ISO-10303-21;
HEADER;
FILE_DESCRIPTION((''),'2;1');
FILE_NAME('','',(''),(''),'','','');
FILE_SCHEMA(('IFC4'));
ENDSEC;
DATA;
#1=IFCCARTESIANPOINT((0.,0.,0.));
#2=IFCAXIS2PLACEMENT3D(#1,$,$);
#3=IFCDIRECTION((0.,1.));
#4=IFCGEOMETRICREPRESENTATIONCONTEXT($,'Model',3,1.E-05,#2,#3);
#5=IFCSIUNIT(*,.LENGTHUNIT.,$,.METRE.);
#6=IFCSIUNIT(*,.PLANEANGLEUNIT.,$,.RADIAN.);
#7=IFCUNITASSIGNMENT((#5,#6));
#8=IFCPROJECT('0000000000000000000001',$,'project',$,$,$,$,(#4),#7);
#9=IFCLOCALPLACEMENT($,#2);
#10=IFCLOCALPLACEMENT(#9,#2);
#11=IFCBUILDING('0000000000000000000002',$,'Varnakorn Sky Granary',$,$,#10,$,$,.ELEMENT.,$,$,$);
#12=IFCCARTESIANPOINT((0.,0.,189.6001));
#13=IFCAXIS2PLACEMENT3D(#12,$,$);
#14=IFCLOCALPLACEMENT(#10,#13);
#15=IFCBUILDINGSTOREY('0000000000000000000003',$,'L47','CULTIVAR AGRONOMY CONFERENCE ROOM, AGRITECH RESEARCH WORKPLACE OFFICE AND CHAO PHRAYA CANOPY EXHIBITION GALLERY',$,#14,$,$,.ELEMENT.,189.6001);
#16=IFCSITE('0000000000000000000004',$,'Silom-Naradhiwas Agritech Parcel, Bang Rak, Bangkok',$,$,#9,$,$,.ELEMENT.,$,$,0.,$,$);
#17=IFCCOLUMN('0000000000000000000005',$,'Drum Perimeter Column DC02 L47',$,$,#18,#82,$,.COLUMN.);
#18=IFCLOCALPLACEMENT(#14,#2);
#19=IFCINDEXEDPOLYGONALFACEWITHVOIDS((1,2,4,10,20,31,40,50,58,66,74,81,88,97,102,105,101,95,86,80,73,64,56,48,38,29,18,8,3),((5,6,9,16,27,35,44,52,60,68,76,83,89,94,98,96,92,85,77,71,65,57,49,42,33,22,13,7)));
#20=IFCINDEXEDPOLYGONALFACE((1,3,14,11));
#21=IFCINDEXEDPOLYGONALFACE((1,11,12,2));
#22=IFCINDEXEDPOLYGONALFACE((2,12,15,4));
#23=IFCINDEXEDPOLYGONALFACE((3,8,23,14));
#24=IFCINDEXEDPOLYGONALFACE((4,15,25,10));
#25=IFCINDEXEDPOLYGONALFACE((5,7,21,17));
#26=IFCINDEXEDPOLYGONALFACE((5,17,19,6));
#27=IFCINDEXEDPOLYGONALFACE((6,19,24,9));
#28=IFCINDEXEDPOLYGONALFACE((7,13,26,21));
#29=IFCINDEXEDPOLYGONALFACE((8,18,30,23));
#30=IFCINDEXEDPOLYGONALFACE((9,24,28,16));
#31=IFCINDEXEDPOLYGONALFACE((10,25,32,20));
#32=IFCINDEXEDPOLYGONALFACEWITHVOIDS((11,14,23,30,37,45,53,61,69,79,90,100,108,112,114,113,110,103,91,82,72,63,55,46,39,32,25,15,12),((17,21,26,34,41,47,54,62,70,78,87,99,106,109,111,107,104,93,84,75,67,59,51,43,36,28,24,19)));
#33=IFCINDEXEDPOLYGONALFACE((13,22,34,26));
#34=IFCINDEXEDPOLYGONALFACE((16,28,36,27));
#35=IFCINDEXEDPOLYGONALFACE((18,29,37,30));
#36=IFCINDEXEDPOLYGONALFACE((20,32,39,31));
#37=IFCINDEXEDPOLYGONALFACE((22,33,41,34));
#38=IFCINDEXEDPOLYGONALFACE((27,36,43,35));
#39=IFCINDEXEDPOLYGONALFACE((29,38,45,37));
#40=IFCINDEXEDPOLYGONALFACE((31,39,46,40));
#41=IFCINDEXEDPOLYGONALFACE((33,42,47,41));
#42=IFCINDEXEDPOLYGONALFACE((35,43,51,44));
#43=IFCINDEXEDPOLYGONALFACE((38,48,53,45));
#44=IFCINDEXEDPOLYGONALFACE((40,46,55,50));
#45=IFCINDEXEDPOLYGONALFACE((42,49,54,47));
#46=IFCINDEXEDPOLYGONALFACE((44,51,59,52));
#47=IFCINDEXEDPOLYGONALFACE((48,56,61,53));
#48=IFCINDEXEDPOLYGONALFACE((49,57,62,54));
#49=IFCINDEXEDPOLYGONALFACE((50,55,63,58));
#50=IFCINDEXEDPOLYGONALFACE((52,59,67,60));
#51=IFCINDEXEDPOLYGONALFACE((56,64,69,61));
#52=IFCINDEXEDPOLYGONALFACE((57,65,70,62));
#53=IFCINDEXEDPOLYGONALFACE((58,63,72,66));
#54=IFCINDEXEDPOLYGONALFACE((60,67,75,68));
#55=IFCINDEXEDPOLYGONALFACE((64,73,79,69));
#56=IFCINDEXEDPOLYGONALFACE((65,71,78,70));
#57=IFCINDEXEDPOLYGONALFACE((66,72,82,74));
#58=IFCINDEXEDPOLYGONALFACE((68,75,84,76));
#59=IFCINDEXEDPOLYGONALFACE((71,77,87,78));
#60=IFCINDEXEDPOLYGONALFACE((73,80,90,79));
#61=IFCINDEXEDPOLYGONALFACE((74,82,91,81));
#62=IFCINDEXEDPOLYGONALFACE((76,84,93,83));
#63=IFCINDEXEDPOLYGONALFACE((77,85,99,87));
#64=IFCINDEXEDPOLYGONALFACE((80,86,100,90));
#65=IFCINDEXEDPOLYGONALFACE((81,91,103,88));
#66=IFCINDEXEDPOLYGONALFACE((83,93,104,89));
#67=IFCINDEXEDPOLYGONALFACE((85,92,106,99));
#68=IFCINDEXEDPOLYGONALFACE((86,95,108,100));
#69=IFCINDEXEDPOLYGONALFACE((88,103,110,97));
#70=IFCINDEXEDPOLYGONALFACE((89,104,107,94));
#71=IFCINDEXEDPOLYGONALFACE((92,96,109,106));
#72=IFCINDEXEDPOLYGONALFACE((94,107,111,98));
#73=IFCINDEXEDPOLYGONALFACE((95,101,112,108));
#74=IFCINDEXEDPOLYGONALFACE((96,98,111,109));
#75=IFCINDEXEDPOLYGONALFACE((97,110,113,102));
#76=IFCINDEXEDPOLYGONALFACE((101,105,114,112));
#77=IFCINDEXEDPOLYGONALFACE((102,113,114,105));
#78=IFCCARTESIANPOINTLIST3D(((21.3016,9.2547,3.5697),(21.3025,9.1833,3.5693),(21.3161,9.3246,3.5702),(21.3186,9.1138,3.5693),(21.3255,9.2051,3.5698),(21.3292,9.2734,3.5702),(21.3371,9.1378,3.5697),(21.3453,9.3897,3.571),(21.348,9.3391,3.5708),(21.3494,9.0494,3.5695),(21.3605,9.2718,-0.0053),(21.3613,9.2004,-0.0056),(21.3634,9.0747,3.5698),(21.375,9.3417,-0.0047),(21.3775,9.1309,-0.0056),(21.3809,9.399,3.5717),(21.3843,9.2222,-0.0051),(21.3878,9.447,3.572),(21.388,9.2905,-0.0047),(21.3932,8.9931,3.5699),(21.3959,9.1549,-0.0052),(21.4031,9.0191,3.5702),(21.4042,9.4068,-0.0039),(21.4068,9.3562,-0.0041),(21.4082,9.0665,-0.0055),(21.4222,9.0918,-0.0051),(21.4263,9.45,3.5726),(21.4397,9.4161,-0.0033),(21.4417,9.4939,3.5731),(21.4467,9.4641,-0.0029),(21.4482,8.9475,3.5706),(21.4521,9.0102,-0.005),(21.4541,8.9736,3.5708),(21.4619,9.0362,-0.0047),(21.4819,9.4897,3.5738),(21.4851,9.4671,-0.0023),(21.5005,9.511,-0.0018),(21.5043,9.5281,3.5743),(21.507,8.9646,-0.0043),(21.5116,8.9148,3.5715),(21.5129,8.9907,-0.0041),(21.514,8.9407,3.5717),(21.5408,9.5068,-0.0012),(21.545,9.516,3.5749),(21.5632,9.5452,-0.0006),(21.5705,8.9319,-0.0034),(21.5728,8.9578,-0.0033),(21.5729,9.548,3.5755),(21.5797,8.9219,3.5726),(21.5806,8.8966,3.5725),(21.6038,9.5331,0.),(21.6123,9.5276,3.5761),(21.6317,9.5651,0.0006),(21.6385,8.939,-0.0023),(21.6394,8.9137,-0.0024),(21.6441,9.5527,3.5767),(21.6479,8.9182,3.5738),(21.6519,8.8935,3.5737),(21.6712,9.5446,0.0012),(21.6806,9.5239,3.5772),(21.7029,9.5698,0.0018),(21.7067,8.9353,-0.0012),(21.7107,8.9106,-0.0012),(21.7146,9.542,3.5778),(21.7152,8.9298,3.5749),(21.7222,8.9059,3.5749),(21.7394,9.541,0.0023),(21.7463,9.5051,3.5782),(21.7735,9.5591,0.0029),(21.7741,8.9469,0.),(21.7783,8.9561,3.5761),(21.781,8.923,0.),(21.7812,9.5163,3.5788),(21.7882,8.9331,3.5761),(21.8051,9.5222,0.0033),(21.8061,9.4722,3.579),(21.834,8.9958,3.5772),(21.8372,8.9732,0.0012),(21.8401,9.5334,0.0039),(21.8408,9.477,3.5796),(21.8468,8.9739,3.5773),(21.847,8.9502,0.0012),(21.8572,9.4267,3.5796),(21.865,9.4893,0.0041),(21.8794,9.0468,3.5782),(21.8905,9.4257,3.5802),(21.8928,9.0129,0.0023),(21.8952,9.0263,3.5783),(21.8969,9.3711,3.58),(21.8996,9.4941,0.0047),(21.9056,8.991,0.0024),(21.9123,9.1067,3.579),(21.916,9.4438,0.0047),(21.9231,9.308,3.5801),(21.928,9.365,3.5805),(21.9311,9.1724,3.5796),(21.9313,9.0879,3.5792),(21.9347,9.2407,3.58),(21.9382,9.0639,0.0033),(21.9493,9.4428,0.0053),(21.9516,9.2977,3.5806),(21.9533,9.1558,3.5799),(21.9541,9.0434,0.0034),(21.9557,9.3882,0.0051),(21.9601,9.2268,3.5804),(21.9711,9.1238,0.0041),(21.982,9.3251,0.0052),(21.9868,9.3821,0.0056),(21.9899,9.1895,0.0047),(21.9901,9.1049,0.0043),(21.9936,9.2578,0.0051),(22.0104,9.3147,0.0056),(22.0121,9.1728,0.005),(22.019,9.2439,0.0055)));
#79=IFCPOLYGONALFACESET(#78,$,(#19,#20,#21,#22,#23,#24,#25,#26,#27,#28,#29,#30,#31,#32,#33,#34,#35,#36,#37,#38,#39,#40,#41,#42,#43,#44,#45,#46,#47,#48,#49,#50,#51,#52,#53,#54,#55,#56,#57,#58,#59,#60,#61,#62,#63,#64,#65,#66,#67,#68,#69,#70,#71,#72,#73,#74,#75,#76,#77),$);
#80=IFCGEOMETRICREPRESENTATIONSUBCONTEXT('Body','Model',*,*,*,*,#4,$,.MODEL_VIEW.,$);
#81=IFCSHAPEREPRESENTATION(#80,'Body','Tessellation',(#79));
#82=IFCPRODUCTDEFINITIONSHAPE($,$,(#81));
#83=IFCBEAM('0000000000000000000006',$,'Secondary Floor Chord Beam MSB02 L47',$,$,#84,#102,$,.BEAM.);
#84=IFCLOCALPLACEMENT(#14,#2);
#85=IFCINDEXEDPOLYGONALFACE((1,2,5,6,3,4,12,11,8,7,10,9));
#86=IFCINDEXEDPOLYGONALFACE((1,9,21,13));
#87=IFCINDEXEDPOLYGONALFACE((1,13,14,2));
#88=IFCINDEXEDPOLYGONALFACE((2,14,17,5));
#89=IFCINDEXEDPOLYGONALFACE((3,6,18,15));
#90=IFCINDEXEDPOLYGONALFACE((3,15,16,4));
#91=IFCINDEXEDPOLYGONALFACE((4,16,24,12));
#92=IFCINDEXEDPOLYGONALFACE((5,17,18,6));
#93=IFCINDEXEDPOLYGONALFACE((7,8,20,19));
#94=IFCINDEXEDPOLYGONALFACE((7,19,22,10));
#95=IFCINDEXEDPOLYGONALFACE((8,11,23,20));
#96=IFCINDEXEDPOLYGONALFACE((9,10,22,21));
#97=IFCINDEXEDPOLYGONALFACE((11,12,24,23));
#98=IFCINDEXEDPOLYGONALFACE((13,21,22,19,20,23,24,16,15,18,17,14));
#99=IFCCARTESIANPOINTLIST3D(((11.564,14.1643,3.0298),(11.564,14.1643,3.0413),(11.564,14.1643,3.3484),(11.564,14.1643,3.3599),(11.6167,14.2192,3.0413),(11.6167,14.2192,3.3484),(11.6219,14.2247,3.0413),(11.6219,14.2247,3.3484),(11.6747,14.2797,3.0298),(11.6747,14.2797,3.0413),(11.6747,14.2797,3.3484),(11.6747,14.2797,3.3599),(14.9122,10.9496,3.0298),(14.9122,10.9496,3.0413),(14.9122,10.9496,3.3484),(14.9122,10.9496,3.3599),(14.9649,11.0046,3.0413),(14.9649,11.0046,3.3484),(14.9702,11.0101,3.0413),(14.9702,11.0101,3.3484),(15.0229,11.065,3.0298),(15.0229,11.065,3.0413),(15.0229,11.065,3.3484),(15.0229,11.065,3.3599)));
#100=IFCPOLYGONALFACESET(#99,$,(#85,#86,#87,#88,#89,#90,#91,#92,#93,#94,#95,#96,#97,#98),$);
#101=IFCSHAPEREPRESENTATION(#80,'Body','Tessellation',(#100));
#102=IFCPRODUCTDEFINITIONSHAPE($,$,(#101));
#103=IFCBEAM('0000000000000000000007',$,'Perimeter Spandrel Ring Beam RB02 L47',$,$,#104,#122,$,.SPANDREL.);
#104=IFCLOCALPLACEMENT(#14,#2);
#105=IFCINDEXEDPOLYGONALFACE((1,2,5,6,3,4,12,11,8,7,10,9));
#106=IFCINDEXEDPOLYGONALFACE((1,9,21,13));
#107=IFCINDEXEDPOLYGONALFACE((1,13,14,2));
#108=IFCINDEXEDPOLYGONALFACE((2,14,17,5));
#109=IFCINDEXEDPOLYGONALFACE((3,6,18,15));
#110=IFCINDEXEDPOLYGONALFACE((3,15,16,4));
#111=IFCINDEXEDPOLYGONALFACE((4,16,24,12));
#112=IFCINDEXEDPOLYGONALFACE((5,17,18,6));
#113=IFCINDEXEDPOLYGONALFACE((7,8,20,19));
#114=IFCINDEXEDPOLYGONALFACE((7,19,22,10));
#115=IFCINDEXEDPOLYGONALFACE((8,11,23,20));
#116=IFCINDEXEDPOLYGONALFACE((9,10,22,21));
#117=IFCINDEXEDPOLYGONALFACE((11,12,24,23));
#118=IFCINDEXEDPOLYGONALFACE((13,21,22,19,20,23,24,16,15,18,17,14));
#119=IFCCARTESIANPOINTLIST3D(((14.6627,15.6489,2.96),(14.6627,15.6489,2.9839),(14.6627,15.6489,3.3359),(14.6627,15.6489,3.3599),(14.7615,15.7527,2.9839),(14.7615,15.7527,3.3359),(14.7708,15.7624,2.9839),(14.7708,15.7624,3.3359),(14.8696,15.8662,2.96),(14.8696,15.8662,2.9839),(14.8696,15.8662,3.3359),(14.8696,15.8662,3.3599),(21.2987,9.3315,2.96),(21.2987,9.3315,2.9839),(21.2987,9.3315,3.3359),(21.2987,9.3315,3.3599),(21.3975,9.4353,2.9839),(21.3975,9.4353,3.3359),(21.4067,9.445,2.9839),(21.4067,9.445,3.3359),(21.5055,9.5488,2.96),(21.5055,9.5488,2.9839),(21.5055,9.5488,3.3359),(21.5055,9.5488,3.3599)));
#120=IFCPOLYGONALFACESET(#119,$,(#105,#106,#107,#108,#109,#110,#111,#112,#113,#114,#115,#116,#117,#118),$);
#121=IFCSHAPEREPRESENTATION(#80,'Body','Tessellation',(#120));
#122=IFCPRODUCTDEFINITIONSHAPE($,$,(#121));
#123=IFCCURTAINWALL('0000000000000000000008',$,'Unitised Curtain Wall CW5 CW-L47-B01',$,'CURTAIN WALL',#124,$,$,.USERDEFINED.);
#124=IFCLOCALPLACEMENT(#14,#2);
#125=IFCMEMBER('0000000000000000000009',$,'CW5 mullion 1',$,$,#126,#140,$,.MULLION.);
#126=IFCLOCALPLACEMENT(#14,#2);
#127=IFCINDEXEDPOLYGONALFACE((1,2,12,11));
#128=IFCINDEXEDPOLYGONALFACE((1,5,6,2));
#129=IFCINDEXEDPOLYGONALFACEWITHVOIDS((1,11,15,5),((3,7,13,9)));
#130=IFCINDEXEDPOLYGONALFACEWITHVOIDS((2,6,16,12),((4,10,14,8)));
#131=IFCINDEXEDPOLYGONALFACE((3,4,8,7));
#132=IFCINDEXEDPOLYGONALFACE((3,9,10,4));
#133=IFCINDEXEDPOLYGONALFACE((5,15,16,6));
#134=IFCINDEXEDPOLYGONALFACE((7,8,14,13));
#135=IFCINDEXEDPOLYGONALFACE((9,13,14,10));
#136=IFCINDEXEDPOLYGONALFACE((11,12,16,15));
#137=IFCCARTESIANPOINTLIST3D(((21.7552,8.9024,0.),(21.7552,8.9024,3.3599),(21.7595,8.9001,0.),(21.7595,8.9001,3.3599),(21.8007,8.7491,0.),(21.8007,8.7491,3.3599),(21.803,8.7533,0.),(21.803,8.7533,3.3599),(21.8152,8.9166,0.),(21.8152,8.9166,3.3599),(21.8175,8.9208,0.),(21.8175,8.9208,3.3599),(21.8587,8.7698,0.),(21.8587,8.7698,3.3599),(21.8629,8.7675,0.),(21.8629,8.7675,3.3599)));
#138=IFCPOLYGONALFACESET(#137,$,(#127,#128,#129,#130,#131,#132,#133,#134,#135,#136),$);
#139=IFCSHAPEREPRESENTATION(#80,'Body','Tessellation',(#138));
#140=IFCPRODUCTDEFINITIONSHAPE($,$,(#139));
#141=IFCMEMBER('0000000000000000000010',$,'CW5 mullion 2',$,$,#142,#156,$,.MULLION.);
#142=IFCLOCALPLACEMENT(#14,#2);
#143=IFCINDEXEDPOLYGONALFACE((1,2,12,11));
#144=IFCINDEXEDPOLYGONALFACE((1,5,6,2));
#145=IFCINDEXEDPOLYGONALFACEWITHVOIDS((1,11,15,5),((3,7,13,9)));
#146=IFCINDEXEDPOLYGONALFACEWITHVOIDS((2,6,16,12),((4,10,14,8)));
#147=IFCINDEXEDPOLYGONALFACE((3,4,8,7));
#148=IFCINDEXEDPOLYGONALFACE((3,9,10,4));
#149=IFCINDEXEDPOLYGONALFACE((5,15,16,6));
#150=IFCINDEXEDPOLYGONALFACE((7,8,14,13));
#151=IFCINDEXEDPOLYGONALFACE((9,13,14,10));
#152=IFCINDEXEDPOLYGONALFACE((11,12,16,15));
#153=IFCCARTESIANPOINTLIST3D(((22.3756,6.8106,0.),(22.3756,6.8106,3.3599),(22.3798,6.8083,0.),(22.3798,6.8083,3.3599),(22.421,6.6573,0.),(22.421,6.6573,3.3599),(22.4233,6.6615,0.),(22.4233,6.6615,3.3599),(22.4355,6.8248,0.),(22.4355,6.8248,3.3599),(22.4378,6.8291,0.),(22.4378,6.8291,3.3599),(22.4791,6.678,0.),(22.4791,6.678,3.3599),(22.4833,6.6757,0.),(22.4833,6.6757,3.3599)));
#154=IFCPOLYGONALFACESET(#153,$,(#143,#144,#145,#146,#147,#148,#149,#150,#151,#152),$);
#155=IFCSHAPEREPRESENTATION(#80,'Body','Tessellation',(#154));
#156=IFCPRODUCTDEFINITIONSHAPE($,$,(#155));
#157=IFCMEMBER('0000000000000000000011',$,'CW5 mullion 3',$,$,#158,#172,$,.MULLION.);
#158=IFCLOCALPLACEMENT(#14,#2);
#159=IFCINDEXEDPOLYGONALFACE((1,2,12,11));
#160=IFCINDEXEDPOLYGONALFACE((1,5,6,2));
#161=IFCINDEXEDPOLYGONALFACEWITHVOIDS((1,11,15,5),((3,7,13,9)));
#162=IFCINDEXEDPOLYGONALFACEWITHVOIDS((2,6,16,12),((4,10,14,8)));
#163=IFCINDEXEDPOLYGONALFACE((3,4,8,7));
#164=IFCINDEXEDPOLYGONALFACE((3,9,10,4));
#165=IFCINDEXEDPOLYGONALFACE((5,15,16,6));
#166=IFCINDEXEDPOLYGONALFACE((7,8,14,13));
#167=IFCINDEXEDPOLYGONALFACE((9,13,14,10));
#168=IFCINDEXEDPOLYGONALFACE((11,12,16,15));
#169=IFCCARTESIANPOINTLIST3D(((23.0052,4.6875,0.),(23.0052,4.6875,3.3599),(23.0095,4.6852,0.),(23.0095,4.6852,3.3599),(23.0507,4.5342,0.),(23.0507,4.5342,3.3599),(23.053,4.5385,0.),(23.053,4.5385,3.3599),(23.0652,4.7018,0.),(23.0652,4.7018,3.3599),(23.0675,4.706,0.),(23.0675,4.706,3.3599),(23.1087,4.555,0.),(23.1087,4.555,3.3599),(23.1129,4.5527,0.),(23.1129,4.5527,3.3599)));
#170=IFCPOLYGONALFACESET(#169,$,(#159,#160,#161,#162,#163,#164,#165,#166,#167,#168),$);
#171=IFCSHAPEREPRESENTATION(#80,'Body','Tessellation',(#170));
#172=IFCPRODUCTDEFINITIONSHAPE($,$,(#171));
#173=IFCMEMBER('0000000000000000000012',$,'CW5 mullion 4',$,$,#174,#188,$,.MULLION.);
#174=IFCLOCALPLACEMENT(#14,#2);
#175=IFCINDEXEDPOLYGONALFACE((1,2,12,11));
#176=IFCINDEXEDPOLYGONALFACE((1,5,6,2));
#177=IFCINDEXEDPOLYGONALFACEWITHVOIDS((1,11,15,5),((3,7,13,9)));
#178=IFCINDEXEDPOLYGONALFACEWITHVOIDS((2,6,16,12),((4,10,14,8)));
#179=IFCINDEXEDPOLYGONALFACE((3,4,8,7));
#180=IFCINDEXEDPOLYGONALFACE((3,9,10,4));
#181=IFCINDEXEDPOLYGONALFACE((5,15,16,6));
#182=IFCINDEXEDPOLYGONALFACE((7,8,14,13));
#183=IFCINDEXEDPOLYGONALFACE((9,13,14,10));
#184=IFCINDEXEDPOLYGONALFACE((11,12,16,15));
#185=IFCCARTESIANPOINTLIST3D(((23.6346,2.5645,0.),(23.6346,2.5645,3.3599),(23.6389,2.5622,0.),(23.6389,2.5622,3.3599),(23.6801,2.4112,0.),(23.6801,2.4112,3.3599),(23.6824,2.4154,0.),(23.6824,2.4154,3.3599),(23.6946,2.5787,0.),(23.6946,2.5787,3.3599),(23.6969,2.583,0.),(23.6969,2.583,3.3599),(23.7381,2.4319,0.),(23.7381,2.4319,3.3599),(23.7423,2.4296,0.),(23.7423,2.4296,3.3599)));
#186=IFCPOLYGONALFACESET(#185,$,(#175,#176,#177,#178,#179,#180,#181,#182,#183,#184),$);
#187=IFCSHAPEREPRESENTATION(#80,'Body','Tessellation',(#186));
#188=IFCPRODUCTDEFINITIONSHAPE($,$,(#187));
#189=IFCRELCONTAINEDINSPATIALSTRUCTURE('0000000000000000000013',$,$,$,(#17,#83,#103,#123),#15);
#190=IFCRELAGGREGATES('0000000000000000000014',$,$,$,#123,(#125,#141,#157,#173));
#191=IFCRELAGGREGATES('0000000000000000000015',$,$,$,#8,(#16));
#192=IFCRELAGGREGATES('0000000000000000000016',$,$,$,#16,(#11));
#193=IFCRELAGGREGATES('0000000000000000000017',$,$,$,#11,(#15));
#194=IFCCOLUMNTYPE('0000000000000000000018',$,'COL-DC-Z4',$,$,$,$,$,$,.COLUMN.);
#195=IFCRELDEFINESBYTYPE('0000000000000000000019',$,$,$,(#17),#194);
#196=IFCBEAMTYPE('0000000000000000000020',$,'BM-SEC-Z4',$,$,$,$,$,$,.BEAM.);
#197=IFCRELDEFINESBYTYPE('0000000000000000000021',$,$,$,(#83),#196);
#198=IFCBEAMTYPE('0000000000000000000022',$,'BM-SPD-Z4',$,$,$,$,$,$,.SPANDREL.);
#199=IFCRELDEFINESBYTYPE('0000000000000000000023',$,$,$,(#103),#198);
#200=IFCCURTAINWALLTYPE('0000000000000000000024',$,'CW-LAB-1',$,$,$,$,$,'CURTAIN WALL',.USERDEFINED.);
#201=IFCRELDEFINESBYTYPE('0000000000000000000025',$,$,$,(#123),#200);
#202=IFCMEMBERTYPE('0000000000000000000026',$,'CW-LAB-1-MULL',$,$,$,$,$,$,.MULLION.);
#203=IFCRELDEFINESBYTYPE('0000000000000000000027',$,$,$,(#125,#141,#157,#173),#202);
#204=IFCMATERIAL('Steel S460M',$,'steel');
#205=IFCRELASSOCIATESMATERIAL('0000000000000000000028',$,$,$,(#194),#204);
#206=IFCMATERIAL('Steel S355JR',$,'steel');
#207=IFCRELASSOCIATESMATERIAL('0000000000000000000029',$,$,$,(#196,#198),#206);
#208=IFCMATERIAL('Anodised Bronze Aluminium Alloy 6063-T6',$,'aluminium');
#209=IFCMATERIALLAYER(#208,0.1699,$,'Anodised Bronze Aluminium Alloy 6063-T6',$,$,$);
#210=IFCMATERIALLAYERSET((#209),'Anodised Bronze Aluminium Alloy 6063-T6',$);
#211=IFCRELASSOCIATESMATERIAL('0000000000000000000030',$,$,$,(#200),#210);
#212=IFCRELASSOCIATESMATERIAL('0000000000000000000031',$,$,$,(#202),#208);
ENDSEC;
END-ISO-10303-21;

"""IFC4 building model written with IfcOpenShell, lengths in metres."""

from ifc_helpers import new_model, si_unit, direction, frame, origin, origin_2d, place, context, subcontext, project, spatial, hollow_rectangle, hollow_circle, i_section, extrude, material, layer, layer_set, material_profile, profile_set, type_object, element, aggregate, save


model = new_model("IFC4")

# Units and contexts
model_context = context("Model", 3, precision=1e-05, world=origin(), true_north=direction((0.0, 1.0)))
body_context = subcontext(model_context, "Body", "Model", "MODEL_VIEW")
ifc_project = project(units=[si_unit("LENGTHUNIT", "METRE"), si_unit("PLANEANGLEUNIT", "RADIAN")], contexts=[model_context])

# Site, building, storey
site_placement = place(None, origin())
site = spatial("IfcSite", under=ifc_project, at=site_placement, Name="Silom-Naradhiwas Agritech Parcel, Bang Rak, Bangkok", CompositionType="ELEMENT", RefElevation=0.0)
building_placement = place(site_placement, origin())
building = spatial("IfcBuilding", under=site, at=building_placement, Name="Varnakorn Sky Granary", CompositionType="ELEMENT")
storey_placement = place(building_placement, frame((0.0, 0.0, 189.6001)))
storey = spatial("IfcBuildingStorey", under=building, at=storey_placement, Name="L47", Description="CULTIVAR AGRONOMY CONFERENCE ROOM, AGRITECH RESEARCH WORKPLACE OFFICE AND CHAO PHRAYA CANOPY EXHIBITION GALLERY", CompositionType="ELEMENT", Elevation=189.6001)

# Column
ifc_material_1 = material(Name="Steel S460M", Category="steel")
ifc_material_profile_1 = material_profile(ifc_material_1, hollow_circle(Radius=0.3301, WallThickness=0.0249, at=origin_2d()), Name="CHS 660x25")
ifc_profile_set_1 = profile_set([ifc_material_profile_1], Name="Steel S460M")
column_type = type_object("IfcColumnType", Name="COL-DC-Z4", PredefinedType="COLUMN", material=ifc_profile_set_1)
column_placement = place(storey_placement, frame((21.689, 9.24, 0.0), z_axis=(-0.016456, -0.00478, 0.999853), x_axis=(0.278929, -0.960312, 0.0)))
element("IfcColumn", 1, at=column_placement, inside=storey, type_object=column_type, Name="Drum Perimeter Column DC02 L47", PredefinedType="COLUMN", context=body_context, shape_type="SweptSolid", body=[
    extrude(hollow_circle(Radius=0.3301, WallThickness=0.0249, at=origin_2d()), origin(), (0.0, 0.0, 1.0), 3.5754),
])

# Beams
ifc_material_2 = material(Name="Steel S355JR", Category="steel")
ifc_material_profile_2 = material_profile(ifc_material_2, i_section(OverallWidth=0.1599, OverallDepth=0.3301, WebThickness=0.0076, FlangeThickness=0.0115, at=origin_2d()), Name="IPE 330")
ifc_profile_set_2 = profile_set([ifc_material_profile_2], Name="Steel S355JR")
beam_type_1 = type_object("IfcBeamType", Name="BM-SEC-Z4", PredefinedType="BEAM", material=ifc_profile_set_2)
beam_1_placement = place(storey_placement, frame((14.9675, 11.0073, 3.1948), z_axis=(-0.721346, 0.692575, 0.0), x_axis=(-0.692575, -0.721346, 0.0)))
element("IfcBeam", 2, at=beam_1_placement, inside=storey, type_object=beam_type_1, Name="Secondary Floor Chord Beam MSB02 L47", PredefinedType="BEAM", context=body_context, shape_type="SweptSolid", body=[
    extrude(i_section(OverallWidth=0.1599, OverallDepth=0.3301, WebThickness=0.0076, FlangeThickness=0.0115, at=origin_2d()), origin(), (0.0, 0.0, 1.0), 4.6416),
])
ifc_material_profile_3 = material_profile(ifc_material_2, i_section(OverallWidth=0.3, OverallDepth=0.3999, WebThickness=0.0134, FlangeThickness=0.0239, at=origin_2d()), Name="HE 400 B")
ifc_profile_set_3 = profile_set([ifc_material_profile_3], Name="Steel S355JR")
beam_type_2 = type_object("IfcBeamType", Name="BM-SPD-Z4", PredefinedType="SPANDREL", material=ifc_profile_set_3)
beam_2_placement = place(storey_placement, frame((21.4021, 9.4402, 3.1599), z_axis=(-0.72428, 0.689506, 0.0), x_axis=(-0.689506, -0.72428, 0.0)))
element("IfcBeam", 3, at=beam_2_placement, inside=storey, type_object=beam_type_2, Name="Perimeter Spandrel Ring Beam RB02 L47", PredefinedType="SPANDREL", context=body_context, shape_type="SweptSolid", body=[
    extrude(i_section(OverallWidth=0.3, OverallDepth=0.3999, WebThickness=0.0134, FlangeThickness=0.0239, at=origin_2d()), origin(), (0.0, 0.0, 1.0), 9.1621),
])

# Curtain wall, members
ifc_material_3 = material(Name="Anodised Bronze Aluminium Alloy 6063-T6", Category="aluminium")
ifc_layer_1 = layer(ifc_material_3, 0.1699, Name="Anodised Bronze Aluminium Alloy 6063-T6")
ifc_layer_set_1 = layer_set([ifc_layer_1], Name="Anodised Bronze Aluminium Alloy 6063-T6")
curtain_wall_type = type_object("IfcCurtainWallType", Name="CW-LAB-1", ElementType="CURTAIN WALL", PredefinedType="USERDEFINED", material=ifc_layer_set_1)
curtain_wall_1_placement = place(storey_placement, origin())
curtain_wall_1 = element("IfcCurtainWall", 4, at=curtain_wall_1_placement, inside=storey, type_object=curtain_wall_type, Name="Unitised Curtain Wall CW5 CW-L47-B01", ObjectType="CURTAIN WALL", PredefinedType="USERDEFINED")
ifc_material_profile_4 = material_profile(ifc_material_3, hollow_rectangle(XDim=0.0649, YDim=0.1599, WallThickness=0.0034, at=origin_2d()), Name="ALU MULL 65x160")
ifc_profile_set_4 = profile_set([ifc_material_profile_4], Name="Anodised Bronze Aluminium Alloy 6063-T6")
member_type_1 = type_object("IfcMemberType", Name="CW-LAB-1-MULL", PredefinedType="MULLION", material=ifc_profile_set_4)
member_1_placement = place(storey_placement, frame((21.8091, 8.835, 0.0), z_axis=(0.0, 0.0, 1.0), x_axis=(0.958737, 0.284295, 0.0)))
member_1 = element("IfcMember", 5, at=member_1_placement, type_object=member_type_1, Name="CW5 mullion 1", PredefinedType="MULLION", context=body_context, shape_type="SweptSolid", body=[
    extrude(hollow_rectangle(XDim=0.0649, YDim=0.1599, WallThickness=0.0034, at=origin_2d()), origin(), (0.0, 0.0, 1.0), 3.3599),
])
member_2_placement = place(storey_placement, frame((22.4294, 6.7432, 0.0), z_axis=(0.0, 0.0, 1.0), x_axis=(0.958737, 0.284295, 0.0)))
member_2 = element("IfcMember", 6, at=member_2_placement, type_object=member_type_1, Name="CW5 mullion 2", PredefinedType="MULLION", context=body_context, shape_type="SweptSolid", body=[
    extrude(hollow_rectangle(XDim=0.0649, YDim=0.1599, WallThickness=0.0034, at=origin_2d()), origin(), (0.0, 0.0, 1.0), 3.3599),
])
member_3_placement = place(storey_placement, frame((23.0591, 4.6201, 0.0), z_axis=(0.0, 0.0, 1.0), x_axis=(0.958737, 0.284295, 0.0)))
member_3 = element("IfcMember", 7, at=member_3_placement, type_object=member_type_1, Name="CW5 mullion 3", PredefinedType="MULLION", context=body_context, shape_type="SweptSolid", body=[
    extrude(hollow_rectangle(XDim=0.0649, YDim=0.1599, WallThickness=0.0034, at=origin_2d()), origin(), (0.0, 0.0, 1.0), 3.3599),
])
member_4_placement = place(storey_placement, frame((23.6885, 2.4971, 0.0), z_axis=(0.0, 0.0, 1.0), x_axis=(0.958737, 0.284295, 0.0)))
member_4 = element("IfcMember", 8, at=member_4_placement, type_object=member_type_1, Name="CW5 mullion 4", PredefinedType="MULLION", context=body_context, shape_type="SweptSolid", body=[
    extrude(hollow_rectangle(XDim=0.0649, YDim=0.1599, WallThickness=0.0034, at=origin_2d()), origin(), (0.0, 0.0, 1.0), 3.3599),
])

aggregate(curtain_wall_1, [member_1, member_2, member_3, member_4])

save(model, "model.ifc")
